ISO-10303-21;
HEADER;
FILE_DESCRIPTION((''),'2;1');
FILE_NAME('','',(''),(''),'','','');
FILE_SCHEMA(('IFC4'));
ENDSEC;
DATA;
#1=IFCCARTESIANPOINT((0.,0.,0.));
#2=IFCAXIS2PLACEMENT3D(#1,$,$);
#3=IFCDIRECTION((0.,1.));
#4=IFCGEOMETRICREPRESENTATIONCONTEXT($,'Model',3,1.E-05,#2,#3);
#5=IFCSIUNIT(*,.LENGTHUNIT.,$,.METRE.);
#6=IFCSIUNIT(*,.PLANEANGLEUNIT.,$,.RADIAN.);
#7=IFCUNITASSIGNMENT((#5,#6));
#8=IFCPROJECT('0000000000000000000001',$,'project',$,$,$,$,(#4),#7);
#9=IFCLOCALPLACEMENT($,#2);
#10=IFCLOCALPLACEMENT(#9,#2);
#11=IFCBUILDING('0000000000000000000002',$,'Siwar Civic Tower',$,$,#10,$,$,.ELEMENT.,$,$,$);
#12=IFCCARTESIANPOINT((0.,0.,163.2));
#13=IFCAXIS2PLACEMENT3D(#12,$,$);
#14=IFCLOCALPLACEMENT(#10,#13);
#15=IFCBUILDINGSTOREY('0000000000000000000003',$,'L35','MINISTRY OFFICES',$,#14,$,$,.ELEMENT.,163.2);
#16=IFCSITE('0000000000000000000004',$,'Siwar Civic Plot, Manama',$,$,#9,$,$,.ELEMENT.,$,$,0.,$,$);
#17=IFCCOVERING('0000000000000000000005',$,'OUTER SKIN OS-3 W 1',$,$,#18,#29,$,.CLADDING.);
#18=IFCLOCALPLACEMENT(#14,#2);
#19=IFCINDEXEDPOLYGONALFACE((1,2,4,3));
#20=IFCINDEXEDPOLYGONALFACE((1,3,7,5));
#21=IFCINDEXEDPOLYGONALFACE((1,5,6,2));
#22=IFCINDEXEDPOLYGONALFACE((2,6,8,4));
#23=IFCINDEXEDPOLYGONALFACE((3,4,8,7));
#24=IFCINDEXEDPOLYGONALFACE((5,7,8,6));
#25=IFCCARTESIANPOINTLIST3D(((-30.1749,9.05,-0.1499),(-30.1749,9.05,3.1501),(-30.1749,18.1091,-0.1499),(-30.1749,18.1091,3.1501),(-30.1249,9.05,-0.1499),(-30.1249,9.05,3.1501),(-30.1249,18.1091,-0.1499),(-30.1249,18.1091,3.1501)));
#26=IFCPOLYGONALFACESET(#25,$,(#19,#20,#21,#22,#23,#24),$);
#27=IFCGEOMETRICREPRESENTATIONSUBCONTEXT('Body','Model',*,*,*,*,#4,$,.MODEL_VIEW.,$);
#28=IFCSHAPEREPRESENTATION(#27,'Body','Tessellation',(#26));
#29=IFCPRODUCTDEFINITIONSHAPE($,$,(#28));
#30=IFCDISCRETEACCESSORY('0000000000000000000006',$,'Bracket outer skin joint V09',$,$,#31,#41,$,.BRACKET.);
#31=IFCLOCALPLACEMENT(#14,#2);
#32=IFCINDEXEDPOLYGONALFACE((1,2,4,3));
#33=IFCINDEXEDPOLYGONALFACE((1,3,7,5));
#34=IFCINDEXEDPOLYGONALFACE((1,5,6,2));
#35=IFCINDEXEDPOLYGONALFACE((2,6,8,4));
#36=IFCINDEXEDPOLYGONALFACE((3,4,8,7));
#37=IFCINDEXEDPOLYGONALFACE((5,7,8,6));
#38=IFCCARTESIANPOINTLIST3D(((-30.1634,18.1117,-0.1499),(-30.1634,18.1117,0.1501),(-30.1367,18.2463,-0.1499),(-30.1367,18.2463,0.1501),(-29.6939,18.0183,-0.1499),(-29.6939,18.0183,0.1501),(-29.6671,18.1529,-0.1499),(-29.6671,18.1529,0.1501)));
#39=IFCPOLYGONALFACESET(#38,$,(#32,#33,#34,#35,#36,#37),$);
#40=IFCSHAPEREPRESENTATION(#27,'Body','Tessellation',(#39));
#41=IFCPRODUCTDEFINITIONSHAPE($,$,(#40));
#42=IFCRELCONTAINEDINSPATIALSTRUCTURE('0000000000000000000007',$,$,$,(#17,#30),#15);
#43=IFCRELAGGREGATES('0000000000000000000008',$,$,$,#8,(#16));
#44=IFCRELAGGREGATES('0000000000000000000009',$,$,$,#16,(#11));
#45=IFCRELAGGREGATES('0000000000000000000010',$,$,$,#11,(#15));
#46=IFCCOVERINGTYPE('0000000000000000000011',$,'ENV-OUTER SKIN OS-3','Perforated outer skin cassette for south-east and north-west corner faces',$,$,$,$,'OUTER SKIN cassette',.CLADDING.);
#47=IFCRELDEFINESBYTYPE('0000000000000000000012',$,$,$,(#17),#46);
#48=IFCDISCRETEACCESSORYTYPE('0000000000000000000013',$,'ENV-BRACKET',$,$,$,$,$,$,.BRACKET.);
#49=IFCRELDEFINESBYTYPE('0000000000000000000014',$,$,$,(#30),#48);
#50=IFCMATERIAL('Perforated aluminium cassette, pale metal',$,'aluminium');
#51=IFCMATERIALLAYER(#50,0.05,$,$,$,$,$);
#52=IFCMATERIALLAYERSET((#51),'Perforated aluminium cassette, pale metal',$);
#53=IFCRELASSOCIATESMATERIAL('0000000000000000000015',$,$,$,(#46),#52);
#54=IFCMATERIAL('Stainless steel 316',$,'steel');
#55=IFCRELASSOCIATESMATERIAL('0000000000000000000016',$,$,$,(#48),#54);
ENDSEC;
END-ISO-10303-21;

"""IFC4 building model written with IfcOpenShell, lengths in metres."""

from ifc_helpers import new_model, si_unit, direction, frame, origin, origin_2d, place, context, subcontext, project, spatial, rectangle, extrude, material, layer, layer_set, type_object, element, save


model = new_model("IFC4")

# Units and contexts
model_context = context("Model", 3, precision=1e-05, world=origin(), true_north=direction((0.0, 1.0)))
body_context = subcontext(model_context, "Body", "Model", "MODEL_VIEW")
ifc_project = project(units=[si_unit("LENGTHUNIT", "METRE"), si_unit("PLANEANGLEUNIT", "RADIAN")], contexts=[model_context])

# Site, building, storey
site_placement = place(None, origin())
site = spatial("IfcSite", under=ifc_project, at=site_placement, Name="Siwar Civic Plot, Manama", CompositionType="ELEMENT", RefElevation=0.0)
building_placement = place(site_placement, origin())
building = spatial("IfcBuilding", under=site, at=building_placement, Name="Siwar Civic Tower", CompositionType="ELEMENT")
storey_placement = place(building_placement, frame((0.0, 0.0, 163.2)))
storey = spatial("IfcBuildingStorey", under=building, at=storey_placement, Name="L35", Description="MINISTRY OFFICES", CompositionType="ELEMENT", Elevation=163.2)

# Covering
ifc_material_1 = material(Name="Perforated aluminium cassette, pale metal", Category="aluminium")
ifc_layer_1 = layer(ifc_material_1, 0.05)
ifc_layer_set_1 = layer_set([ifc_layer_1], Name="Perforated aluminium cassette, pale metal")
covering_type = type_object("IfcCoveringType", Name="ENV-OUTER SKIN OS-3", Description="Perforated outer skin cassette for south-east and north-west corner faces", ElementType="OUTER SKIN cassette", PredefinedType="CLADDING", material=ifc_layer_set_1)
covering_placement = place(storey_placement, frame((-30.1499, 13.5796, -0.1499), z_axis=(0.0, 0.0, 1.0), x_axis=(0.0, -1.0, 0.0)))
element("IfcCovering", 1, at=covering_placement, inside=storey, type_object=covering_type, Name="OUTER SKIN OS-3 W 1", PredefinedType="CLADDING", context=body_context, shape_type="SweptSolid", body=[
    extrude(rectangle(XDim=9.0591, YDim=0.05, at=origin_2d()), origin(), (0.0, 0.0, 1.0), 3.3),
])

# Discrete accessory
ifc_material_2 = material(Name="Stainless steel 316", Category="steel")
discrete_accessory_type = type_object("IfcDiscreteAccessoryType", Name="ENV-BRACKET", PredefinedType="BRACKET", material=ifc_material_2)
discrete_accessory_placement = place(storey_placement, frame((-29.9153, 18.1323, -0.1499), z_axis=(0.0, 0.0, 1.0), x_axis=(-0.980785, 0.19509, 0.0)))
element("IfcDiscreteAccessory", 2, at=discrete_accessory_placement, inside=storey, type_object=discrete_accessory_type, Name="Bracket outer skin joint V09", PredefinedType="BRACKET", context=body_context, shape_type="SweptSolid", body=[
    extrude(rectangle(XDim=0.4788, YDim=0.1372, at=origin_2d()), origin(), (0.0, 0.0, 1.0), 0.3),
])

save(model, "model.ifc")
